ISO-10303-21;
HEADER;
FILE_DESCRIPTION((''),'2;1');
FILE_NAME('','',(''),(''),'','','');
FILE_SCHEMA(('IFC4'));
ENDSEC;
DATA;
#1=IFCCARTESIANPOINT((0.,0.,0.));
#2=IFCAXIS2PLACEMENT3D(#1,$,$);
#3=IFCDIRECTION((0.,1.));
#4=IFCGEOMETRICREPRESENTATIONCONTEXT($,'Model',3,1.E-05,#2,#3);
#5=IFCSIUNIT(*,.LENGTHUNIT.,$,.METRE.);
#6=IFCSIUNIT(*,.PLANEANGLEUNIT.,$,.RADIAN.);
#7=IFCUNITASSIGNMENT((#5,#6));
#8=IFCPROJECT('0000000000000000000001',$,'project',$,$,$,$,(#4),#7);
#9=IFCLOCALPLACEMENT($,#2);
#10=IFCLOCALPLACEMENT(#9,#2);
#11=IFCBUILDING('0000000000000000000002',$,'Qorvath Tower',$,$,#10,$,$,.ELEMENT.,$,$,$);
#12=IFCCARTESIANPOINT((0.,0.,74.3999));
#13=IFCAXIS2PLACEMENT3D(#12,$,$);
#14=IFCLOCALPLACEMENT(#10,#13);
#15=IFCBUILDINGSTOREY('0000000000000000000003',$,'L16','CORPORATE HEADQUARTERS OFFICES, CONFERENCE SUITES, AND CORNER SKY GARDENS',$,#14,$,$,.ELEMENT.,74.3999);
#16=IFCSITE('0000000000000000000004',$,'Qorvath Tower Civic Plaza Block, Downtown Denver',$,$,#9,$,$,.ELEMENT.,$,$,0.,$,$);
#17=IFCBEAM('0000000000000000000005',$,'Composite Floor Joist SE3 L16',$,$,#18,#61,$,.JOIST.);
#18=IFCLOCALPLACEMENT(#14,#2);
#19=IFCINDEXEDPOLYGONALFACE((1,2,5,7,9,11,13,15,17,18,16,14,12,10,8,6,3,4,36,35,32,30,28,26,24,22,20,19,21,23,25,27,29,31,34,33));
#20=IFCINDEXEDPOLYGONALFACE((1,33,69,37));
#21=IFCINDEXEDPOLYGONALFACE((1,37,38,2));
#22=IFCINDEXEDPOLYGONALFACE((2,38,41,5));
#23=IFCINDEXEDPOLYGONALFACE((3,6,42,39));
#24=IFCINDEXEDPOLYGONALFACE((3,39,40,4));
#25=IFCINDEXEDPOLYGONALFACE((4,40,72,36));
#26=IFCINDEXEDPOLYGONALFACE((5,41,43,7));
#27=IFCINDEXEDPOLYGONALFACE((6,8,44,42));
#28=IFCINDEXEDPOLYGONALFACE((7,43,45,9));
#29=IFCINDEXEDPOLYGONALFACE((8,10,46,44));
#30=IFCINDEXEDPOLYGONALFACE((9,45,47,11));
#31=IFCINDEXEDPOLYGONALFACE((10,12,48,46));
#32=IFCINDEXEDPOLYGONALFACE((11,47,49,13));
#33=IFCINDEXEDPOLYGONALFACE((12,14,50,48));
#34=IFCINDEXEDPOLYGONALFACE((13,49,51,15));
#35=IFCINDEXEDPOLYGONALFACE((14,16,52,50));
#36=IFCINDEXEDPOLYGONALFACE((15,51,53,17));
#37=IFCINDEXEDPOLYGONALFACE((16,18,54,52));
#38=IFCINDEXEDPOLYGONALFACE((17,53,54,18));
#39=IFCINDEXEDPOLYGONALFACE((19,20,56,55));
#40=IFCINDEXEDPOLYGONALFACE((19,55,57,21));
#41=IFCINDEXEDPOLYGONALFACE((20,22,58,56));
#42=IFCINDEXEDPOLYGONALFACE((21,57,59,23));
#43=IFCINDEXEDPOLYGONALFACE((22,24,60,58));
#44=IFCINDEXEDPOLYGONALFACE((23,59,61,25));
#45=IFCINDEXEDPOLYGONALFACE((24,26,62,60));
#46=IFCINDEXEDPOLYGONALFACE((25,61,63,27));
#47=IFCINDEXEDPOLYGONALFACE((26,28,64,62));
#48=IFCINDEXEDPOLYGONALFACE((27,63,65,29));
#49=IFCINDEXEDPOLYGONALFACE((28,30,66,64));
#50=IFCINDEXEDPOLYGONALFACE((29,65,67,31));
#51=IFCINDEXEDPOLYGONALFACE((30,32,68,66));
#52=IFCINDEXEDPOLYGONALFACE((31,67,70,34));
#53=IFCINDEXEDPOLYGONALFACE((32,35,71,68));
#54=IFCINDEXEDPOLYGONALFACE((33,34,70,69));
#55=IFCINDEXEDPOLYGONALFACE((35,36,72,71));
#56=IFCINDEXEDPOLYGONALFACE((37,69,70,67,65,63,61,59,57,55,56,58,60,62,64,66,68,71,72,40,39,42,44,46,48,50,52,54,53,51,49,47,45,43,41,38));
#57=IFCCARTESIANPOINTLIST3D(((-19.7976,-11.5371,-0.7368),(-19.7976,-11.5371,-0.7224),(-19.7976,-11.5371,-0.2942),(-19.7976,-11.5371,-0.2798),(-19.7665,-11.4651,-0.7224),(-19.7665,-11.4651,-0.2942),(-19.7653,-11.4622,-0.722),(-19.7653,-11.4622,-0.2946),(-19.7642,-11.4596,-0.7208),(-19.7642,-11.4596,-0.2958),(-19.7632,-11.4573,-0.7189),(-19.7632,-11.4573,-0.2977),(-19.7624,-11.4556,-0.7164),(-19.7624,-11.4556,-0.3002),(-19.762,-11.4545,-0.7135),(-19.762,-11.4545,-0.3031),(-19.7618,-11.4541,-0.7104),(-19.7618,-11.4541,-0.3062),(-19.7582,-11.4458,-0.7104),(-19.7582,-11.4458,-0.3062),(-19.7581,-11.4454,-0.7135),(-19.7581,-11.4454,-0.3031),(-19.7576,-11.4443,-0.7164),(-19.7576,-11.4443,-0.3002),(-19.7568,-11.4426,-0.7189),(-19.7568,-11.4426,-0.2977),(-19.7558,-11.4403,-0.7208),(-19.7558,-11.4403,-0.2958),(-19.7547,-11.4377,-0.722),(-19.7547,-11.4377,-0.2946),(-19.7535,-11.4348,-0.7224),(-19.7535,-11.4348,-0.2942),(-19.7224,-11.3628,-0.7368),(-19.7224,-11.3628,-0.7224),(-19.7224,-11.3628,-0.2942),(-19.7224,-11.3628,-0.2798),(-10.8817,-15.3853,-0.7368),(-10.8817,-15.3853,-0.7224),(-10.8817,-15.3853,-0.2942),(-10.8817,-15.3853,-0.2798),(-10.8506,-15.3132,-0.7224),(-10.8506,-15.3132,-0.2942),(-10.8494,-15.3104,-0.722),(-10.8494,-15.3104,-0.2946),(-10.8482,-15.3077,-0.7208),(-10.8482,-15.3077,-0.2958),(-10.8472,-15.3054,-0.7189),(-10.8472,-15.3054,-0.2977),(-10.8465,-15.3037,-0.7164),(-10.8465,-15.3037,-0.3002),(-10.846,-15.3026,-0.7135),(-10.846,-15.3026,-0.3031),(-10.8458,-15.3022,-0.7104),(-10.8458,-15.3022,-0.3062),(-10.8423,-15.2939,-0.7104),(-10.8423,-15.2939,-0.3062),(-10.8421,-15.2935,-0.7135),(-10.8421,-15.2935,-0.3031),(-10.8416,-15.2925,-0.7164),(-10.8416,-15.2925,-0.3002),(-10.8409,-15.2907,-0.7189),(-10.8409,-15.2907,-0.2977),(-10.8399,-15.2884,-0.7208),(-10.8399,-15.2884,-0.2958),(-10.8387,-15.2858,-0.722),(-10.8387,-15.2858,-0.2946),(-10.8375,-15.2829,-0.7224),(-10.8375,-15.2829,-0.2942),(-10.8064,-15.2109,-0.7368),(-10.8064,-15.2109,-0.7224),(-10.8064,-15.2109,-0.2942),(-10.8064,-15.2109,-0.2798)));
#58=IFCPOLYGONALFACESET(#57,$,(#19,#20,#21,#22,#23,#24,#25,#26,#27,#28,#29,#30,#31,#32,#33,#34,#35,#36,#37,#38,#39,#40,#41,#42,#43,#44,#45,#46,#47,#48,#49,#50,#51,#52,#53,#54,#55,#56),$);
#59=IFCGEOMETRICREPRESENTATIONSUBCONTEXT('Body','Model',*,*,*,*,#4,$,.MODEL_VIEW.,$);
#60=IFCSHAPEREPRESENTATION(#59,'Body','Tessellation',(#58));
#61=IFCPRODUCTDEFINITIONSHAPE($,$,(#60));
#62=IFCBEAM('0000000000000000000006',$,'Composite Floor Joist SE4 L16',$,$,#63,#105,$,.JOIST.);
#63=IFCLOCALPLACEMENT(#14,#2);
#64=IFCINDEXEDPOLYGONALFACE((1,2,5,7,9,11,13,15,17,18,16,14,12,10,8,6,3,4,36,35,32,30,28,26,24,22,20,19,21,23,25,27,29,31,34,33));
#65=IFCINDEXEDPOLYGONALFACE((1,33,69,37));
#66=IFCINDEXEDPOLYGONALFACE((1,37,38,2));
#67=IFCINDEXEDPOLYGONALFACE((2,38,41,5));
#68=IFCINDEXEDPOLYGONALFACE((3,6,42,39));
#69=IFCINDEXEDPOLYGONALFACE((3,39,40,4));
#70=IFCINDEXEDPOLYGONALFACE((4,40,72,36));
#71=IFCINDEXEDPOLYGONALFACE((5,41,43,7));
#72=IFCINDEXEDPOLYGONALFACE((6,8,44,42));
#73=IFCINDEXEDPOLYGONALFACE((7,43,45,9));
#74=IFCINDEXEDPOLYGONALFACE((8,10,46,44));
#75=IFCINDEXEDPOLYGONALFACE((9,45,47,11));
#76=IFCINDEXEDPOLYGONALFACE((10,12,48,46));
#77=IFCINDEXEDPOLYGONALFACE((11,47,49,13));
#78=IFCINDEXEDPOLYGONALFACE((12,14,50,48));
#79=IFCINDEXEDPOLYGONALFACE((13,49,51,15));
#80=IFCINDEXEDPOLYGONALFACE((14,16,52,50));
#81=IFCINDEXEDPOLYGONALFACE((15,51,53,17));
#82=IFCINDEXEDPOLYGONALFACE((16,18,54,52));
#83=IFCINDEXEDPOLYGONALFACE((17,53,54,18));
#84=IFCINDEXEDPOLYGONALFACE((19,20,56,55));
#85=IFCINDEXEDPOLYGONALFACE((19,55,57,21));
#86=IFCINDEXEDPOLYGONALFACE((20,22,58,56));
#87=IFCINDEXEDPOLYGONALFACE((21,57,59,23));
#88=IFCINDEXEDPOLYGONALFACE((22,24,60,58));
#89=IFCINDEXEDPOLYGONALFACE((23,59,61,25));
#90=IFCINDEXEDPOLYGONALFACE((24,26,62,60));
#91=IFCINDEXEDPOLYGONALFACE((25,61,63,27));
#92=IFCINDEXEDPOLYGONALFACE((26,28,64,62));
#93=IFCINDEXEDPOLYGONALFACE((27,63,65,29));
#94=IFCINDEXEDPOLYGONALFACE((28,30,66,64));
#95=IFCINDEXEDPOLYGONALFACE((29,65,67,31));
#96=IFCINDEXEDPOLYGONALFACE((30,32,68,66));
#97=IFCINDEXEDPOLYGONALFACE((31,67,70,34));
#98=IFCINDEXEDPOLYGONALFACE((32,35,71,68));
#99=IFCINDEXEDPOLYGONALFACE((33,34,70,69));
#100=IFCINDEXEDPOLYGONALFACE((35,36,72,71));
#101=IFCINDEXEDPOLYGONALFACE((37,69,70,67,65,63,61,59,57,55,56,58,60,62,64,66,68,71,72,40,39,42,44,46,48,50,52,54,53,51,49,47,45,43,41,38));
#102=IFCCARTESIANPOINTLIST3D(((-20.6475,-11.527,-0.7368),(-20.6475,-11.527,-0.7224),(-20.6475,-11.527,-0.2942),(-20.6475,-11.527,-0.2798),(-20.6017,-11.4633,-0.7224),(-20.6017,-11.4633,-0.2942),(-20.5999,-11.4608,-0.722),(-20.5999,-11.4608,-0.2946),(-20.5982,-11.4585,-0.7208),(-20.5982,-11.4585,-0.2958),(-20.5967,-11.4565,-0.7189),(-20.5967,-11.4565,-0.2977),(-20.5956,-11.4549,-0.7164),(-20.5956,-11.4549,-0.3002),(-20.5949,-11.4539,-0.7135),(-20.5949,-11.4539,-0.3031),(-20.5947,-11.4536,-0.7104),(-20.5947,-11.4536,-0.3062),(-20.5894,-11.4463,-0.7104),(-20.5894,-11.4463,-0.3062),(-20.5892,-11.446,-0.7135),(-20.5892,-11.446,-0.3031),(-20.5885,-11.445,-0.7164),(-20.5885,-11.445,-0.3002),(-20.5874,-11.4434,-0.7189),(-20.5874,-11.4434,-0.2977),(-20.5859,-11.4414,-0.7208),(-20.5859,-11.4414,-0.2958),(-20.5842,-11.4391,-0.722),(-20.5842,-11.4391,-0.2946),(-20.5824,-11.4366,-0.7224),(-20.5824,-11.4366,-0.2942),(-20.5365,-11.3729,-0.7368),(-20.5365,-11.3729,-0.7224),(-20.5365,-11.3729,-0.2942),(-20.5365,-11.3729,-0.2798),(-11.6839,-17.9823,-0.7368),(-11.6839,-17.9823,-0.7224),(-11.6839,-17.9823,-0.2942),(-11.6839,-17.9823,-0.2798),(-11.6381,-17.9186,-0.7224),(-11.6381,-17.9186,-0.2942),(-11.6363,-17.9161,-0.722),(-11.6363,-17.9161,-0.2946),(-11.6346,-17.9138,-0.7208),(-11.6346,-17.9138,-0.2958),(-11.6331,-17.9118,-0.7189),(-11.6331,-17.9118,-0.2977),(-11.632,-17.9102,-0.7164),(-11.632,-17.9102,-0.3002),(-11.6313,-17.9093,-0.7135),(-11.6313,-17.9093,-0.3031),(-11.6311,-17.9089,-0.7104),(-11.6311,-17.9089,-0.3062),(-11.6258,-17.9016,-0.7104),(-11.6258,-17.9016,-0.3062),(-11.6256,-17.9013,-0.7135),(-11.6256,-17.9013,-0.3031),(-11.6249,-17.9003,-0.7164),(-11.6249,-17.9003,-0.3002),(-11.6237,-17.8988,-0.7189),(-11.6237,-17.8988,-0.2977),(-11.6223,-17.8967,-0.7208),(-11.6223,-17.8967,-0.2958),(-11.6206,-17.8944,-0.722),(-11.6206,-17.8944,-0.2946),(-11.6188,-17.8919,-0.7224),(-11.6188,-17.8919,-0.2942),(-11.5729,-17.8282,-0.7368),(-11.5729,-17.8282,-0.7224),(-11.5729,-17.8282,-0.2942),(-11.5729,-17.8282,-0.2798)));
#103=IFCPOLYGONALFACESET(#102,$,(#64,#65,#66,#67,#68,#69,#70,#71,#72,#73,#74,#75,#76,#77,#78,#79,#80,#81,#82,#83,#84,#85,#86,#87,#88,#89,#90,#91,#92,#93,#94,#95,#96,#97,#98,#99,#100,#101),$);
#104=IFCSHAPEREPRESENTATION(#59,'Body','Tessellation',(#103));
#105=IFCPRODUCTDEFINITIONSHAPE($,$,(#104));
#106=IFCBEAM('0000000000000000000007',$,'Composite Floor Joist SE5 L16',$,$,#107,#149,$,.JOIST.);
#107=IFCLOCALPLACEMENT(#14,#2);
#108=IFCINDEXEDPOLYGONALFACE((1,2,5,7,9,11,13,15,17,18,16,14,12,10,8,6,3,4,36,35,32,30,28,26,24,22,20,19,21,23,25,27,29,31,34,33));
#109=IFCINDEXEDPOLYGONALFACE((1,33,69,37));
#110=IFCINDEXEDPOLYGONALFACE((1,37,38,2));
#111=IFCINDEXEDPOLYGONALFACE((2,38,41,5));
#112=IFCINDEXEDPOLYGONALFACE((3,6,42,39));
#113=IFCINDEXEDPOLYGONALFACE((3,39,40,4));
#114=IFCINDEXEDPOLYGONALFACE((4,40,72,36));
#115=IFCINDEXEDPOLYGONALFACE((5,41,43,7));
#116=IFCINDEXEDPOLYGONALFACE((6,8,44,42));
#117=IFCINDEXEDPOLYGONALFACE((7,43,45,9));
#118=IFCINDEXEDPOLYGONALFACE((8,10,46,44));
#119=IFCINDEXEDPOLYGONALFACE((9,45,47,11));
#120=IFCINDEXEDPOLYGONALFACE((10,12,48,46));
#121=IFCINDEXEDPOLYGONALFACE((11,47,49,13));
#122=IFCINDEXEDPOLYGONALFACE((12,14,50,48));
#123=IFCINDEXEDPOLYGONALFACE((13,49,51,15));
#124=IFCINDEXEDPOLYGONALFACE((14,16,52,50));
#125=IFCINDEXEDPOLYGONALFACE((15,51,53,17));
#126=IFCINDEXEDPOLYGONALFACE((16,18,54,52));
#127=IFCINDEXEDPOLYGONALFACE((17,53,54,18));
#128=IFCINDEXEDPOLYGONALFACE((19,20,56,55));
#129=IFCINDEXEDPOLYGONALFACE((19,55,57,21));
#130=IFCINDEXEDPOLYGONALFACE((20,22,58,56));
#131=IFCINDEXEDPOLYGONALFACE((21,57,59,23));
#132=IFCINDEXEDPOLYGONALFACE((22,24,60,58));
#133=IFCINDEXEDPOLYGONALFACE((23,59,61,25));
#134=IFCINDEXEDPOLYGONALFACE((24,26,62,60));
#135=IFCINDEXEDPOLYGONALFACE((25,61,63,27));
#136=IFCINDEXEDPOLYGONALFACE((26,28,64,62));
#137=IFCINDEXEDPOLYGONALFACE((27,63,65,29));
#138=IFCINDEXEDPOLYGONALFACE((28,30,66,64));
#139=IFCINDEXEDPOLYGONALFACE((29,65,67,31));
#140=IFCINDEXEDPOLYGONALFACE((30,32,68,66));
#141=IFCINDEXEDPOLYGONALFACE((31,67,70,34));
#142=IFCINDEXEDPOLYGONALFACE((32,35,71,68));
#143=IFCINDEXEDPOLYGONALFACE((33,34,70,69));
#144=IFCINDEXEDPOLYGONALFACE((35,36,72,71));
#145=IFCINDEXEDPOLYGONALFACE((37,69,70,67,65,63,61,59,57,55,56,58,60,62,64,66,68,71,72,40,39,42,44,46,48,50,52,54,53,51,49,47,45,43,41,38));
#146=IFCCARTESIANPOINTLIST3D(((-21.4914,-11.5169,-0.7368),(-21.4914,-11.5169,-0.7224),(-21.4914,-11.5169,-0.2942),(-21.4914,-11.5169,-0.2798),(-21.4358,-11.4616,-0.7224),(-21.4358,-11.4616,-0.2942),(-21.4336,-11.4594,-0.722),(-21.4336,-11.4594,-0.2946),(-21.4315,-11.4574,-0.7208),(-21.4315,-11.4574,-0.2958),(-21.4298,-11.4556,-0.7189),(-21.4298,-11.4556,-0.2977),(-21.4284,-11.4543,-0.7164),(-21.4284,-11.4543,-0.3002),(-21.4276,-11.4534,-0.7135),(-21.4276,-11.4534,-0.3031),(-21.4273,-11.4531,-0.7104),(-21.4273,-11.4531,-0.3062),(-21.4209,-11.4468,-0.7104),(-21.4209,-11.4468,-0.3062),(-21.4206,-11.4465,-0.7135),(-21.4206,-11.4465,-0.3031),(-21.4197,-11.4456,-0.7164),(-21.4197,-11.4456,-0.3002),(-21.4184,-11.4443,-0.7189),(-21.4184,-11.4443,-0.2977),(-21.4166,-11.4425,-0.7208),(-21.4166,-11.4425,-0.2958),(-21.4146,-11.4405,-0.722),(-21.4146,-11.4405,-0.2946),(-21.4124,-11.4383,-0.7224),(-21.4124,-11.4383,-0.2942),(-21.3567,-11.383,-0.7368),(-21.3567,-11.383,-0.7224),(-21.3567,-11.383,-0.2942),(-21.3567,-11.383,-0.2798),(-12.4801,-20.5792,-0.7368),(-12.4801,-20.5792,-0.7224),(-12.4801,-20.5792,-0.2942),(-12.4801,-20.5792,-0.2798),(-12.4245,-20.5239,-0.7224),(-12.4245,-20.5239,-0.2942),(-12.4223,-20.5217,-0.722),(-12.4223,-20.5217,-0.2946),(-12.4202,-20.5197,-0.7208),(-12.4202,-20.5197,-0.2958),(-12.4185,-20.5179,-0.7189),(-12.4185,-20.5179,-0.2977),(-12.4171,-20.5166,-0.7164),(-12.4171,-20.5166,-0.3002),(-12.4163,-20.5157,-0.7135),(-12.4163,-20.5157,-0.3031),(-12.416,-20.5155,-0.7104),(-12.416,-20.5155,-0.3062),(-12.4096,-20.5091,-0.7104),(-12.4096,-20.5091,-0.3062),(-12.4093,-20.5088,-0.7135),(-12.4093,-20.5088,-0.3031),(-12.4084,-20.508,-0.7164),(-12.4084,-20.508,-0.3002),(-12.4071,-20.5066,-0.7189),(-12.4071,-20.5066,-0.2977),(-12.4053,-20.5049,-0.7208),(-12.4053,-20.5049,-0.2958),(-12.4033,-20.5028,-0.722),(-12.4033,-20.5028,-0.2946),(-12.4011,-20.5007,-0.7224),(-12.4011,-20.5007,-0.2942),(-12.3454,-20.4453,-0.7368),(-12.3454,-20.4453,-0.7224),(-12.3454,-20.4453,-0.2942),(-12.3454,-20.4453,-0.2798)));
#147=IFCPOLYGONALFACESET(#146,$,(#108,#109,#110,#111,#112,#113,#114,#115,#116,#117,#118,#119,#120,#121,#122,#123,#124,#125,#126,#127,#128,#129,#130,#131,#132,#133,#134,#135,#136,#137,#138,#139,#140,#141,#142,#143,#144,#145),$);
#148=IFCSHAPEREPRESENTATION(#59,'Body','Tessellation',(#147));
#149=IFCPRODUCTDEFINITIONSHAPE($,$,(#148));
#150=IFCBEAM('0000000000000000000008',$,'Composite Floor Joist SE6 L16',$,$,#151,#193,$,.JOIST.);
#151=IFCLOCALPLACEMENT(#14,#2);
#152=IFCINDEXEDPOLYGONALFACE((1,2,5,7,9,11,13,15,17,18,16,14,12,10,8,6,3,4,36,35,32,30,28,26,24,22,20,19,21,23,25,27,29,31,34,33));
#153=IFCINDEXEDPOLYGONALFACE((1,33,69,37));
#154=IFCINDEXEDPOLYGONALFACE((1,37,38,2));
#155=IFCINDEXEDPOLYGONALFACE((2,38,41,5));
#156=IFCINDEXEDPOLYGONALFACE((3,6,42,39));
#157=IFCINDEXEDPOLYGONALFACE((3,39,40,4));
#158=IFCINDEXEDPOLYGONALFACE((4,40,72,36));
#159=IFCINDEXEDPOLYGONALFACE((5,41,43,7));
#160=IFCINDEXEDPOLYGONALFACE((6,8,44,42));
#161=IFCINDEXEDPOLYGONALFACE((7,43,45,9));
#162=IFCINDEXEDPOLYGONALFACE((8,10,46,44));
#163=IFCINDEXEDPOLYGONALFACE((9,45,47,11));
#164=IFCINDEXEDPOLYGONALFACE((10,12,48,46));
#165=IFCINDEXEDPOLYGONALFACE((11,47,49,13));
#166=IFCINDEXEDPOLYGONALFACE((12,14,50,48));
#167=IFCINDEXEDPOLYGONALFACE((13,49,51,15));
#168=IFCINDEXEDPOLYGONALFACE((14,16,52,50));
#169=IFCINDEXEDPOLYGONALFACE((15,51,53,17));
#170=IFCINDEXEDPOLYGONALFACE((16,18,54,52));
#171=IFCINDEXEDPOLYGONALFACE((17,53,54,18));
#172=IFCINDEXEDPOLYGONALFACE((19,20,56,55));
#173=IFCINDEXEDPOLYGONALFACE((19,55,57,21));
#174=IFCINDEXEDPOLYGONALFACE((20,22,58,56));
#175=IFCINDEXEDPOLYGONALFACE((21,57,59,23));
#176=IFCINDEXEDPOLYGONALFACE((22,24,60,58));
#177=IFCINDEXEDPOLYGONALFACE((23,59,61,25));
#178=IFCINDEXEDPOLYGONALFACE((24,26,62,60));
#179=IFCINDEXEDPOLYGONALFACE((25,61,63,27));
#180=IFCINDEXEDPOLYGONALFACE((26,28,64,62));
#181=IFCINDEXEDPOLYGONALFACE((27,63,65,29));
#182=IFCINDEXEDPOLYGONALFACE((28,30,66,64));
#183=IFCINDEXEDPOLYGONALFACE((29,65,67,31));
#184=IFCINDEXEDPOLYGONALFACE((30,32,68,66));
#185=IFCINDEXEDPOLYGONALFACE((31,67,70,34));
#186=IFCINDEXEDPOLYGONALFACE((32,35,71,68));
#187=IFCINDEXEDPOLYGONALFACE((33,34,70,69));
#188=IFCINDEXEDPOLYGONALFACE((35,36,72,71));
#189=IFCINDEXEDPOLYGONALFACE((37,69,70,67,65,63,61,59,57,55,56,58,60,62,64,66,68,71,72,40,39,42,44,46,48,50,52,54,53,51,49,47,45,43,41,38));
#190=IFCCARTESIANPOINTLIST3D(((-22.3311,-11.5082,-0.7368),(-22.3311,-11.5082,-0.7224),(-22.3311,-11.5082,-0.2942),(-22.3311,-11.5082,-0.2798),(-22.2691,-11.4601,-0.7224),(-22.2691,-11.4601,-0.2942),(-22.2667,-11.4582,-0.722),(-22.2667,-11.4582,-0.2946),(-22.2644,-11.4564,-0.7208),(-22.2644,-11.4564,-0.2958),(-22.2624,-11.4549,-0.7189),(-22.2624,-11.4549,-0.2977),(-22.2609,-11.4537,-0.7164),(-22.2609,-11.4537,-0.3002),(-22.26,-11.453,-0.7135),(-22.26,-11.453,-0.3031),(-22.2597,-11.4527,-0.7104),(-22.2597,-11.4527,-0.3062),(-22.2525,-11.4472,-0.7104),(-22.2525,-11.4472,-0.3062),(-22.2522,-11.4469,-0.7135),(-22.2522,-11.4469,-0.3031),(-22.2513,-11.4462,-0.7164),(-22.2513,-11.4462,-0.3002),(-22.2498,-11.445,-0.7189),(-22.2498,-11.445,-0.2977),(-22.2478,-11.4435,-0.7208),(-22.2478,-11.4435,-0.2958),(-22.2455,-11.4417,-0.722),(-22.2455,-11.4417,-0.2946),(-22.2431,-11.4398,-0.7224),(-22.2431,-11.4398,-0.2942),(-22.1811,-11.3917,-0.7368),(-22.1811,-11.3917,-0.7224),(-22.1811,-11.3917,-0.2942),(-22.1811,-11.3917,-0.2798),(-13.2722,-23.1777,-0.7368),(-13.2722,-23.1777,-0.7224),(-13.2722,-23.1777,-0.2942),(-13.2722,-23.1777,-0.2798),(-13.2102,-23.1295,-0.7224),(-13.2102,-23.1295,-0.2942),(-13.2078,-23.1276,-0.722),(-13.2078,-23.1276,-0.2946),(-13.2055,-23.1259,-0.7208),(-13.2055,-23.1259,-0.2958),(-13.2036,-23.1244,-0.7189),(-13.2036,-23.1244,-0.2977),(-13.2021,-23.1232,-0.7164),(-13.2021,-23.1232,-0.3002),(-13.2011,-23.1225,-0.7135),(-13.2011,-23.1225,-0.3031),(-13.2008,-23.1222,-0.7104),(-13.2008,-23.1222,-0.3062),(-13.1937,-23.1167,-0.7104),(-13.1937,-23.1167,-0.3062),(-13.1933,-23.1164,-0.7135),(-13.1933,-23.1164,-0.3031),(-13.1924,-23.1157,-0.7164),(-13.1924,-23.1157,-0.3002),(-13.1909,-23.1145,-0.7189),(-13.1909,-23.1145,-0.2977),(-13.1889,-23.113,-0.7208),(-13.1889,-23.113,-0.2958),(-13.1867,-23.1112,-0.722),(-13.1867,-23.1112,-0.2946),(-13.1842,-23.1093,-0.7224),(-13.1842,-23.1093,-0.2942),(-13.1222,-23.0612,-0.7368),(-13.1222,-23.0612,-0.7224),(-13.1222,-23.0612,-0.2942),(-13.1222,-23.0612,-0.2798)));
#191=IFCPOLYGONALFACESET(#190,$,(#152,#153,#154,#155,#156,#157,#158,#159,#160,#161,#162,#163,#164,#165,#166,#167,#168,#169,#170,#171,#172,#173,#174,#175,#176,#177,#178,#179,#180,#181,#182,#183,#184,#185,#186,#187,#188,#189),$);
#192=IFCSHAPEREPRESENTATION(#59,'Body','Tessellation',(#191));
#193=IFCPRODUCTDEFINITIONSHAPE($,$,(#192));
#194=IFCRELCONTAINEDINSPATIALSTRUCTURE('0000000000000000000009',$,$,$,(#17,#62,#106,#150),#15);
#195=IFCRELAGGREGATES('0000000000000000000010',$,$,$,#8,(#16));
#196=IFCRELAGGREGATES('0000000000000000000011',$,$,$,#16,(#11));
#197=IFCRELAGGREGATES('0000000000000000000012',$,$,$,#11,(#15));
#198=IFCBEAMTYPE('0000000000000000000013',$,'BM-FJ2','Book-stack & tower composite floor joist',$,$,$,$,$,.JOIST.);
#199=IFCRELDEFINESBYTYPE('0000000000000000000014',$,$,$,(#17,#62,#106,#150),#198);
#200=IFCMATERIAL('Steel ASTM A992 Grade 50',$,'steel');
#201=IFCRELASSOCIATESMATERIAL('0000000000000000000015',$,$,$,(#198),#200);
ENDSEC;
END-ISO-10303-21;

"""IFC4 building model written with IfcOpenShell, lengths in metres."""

from ifc_helpers import new_model, si_unit, direction, frame, origin, origin_2d, place, context, subcontext, project, spatial, i_section, extrude, material, material_profile, profile_set, type_object, element, save


model = new_model("IFC4")

# Units and contexts
model_context = context("Model", 3, precision=1e-05, world=origin(), true_north=direction((0.0, 1.0)))
body_context = subcontext(model_context, "Body", "Model", "MODEL_VIEW")
ifc_project = project(units=[si_unit("LENGTHUNIT", "METRE"), si_unit("PLANEANGLEUNIT", "RADIAN")], contexts=[model_context])

# Site, building, storey
site_placement = place(None, origin())
site = spatial("IfcSite", under=ifc_project, at=site_placement, Name="Qorvath Tower Civic Plaza Block, Downtown Denver", CompositionType="ELEMENT", RefElevation=0.0)
building_placement = place(site_placement, origin())
building = spatial("IfcBuilding", under=site, at=building_placement, Name="Qorvath Tower", CompositionType="ELEMENT")
storey_placement = place(building_placement, frame((0.0, 0.0, 74.3999)))
storey = spatial("IfcBuildingStorey", under=building, at=storey_placement, Name="L16", Description="CORPORATE HEADQUARTERS OFFICES, CONFERENCE SUITES, AND CORNER SKY GARDENS", CompositionType="ELEMENT", Elevation=74.3999)

# Beams
ifc_material_1 = material(Name="Steel ASTM A992 Grade 50", Category="steel")
ifc_material_profile_1 = material_profile(ifc_material_1, i_section(OverallWidth=0.1899, OverallDepth=0.457, WebThickness=0.009, FlangeThickness=0.0144, FilletRadius=0.012, at=origin_2d()), Name="W18x50")
ifc_profile_set_1 = profile_set([ifc_material_profile_1], Name="Steel ASTM A992 Grade 50")
beam_type_1 = type_object("IfcBeamType", Name="BM-FJ2", Description="Book-stack & tower composite floor joist", PredefinedType="JOIST", material=ifc_profile_set_1)
beam_1_placement = place(storey_placement, frame((-19.76, -11.45, -0.5083), z_axis=(0.918136, -0.396266, 0.0), x_axis=(0.396266, 0.918136, 0.0)))
element("IfcBeam", 1, at=beam_1_placement, inside=storey, type_object=beam_type_1, Name="Composite Floor Joist SE3 L16", PredefinedType="JOIST", context=body_context, shape_type="SweptSolid", body=[
    extrude(i_section(OverallWidth=0.1899, OverallDepth=0.457, WebThickness=0.009, FlangeThickness=0.0144, FilletRadius=0.012, at=origin_2d()), origin(), (0.0, 0.0, 1.0), 9.7109),
])
beam_2_placement = place(storey_placement, frame((-20.592, -11.45, -0.5083), z_axis=(0.811469, -0.584395, 0.0), x_axis=(0.584395, 0.811469, 0.0)))
element("IfcBeam", 2, at=beam_2_placement, inside=storey, type_object=beam_type_1, Name="Composite Floor Joist SE4 L16", PredefinedType="JOIST", context=body_context, shape_type="SweptSolid", body=[
    extrude(i_section(OverallWidth=0.1899, OverallDepth=0.457, WebThickness=0.009, FlangeThickness=0.0144, FilletRadius=0.012, at=origin_2d()), origin(), (0.0, 0.0, 1.0), 11.0461),
])
beam_3_placement = place(storey_placement, frame((-21.4241, -11.45, -0.5083), z_axis=(0.705108, -0.7091, 0.0), x_axis=(0.7091, 0.705108, 0.0)))
element("IfcBeam", 3, at=beam_3_placement, inside=storey, type_object=beam_type_1, Name="Composite Floor Joist SE5 L16", PredefinedType="JOIST", context=body_context, shape_type="SweptSolid", body=[
    extrude(i_section(OverallWidth=0.1899, OverallDepth=0.457, WebThickness=0.009, FlangeThickness=0.0144, FilletRadius=0.012, at=origin_2d()), origin(), (0.0, 0.0, 1.0), 12.78),
])
beam_4_placement = place(storey_placement, frame((-22.2561, -11.45, -0.5083), z_axis=(0.613207, -0.789922, 0.0), x_axis=(0.789922, 0.613207, 0.0)))
element("IfcBeam", 4, at=beam_4_placement, inside=storey, type_object=beam_type_1, Name="Composite Floor Joist SE6 L16", PredefinedType="JOIST", context=body_context, shape_type="SweptSolid", body=[
    extrude(i_section(OverallWidth=0.1899, OverallDepth=0.457, WebThickness=0.009, FlangeThickness=0.0144, FilletRadius=0.012, at=origin_2d()), origin(), (0.0, 0.0, 1.0), 14.7729),
])

save(model, "model.ifc")
